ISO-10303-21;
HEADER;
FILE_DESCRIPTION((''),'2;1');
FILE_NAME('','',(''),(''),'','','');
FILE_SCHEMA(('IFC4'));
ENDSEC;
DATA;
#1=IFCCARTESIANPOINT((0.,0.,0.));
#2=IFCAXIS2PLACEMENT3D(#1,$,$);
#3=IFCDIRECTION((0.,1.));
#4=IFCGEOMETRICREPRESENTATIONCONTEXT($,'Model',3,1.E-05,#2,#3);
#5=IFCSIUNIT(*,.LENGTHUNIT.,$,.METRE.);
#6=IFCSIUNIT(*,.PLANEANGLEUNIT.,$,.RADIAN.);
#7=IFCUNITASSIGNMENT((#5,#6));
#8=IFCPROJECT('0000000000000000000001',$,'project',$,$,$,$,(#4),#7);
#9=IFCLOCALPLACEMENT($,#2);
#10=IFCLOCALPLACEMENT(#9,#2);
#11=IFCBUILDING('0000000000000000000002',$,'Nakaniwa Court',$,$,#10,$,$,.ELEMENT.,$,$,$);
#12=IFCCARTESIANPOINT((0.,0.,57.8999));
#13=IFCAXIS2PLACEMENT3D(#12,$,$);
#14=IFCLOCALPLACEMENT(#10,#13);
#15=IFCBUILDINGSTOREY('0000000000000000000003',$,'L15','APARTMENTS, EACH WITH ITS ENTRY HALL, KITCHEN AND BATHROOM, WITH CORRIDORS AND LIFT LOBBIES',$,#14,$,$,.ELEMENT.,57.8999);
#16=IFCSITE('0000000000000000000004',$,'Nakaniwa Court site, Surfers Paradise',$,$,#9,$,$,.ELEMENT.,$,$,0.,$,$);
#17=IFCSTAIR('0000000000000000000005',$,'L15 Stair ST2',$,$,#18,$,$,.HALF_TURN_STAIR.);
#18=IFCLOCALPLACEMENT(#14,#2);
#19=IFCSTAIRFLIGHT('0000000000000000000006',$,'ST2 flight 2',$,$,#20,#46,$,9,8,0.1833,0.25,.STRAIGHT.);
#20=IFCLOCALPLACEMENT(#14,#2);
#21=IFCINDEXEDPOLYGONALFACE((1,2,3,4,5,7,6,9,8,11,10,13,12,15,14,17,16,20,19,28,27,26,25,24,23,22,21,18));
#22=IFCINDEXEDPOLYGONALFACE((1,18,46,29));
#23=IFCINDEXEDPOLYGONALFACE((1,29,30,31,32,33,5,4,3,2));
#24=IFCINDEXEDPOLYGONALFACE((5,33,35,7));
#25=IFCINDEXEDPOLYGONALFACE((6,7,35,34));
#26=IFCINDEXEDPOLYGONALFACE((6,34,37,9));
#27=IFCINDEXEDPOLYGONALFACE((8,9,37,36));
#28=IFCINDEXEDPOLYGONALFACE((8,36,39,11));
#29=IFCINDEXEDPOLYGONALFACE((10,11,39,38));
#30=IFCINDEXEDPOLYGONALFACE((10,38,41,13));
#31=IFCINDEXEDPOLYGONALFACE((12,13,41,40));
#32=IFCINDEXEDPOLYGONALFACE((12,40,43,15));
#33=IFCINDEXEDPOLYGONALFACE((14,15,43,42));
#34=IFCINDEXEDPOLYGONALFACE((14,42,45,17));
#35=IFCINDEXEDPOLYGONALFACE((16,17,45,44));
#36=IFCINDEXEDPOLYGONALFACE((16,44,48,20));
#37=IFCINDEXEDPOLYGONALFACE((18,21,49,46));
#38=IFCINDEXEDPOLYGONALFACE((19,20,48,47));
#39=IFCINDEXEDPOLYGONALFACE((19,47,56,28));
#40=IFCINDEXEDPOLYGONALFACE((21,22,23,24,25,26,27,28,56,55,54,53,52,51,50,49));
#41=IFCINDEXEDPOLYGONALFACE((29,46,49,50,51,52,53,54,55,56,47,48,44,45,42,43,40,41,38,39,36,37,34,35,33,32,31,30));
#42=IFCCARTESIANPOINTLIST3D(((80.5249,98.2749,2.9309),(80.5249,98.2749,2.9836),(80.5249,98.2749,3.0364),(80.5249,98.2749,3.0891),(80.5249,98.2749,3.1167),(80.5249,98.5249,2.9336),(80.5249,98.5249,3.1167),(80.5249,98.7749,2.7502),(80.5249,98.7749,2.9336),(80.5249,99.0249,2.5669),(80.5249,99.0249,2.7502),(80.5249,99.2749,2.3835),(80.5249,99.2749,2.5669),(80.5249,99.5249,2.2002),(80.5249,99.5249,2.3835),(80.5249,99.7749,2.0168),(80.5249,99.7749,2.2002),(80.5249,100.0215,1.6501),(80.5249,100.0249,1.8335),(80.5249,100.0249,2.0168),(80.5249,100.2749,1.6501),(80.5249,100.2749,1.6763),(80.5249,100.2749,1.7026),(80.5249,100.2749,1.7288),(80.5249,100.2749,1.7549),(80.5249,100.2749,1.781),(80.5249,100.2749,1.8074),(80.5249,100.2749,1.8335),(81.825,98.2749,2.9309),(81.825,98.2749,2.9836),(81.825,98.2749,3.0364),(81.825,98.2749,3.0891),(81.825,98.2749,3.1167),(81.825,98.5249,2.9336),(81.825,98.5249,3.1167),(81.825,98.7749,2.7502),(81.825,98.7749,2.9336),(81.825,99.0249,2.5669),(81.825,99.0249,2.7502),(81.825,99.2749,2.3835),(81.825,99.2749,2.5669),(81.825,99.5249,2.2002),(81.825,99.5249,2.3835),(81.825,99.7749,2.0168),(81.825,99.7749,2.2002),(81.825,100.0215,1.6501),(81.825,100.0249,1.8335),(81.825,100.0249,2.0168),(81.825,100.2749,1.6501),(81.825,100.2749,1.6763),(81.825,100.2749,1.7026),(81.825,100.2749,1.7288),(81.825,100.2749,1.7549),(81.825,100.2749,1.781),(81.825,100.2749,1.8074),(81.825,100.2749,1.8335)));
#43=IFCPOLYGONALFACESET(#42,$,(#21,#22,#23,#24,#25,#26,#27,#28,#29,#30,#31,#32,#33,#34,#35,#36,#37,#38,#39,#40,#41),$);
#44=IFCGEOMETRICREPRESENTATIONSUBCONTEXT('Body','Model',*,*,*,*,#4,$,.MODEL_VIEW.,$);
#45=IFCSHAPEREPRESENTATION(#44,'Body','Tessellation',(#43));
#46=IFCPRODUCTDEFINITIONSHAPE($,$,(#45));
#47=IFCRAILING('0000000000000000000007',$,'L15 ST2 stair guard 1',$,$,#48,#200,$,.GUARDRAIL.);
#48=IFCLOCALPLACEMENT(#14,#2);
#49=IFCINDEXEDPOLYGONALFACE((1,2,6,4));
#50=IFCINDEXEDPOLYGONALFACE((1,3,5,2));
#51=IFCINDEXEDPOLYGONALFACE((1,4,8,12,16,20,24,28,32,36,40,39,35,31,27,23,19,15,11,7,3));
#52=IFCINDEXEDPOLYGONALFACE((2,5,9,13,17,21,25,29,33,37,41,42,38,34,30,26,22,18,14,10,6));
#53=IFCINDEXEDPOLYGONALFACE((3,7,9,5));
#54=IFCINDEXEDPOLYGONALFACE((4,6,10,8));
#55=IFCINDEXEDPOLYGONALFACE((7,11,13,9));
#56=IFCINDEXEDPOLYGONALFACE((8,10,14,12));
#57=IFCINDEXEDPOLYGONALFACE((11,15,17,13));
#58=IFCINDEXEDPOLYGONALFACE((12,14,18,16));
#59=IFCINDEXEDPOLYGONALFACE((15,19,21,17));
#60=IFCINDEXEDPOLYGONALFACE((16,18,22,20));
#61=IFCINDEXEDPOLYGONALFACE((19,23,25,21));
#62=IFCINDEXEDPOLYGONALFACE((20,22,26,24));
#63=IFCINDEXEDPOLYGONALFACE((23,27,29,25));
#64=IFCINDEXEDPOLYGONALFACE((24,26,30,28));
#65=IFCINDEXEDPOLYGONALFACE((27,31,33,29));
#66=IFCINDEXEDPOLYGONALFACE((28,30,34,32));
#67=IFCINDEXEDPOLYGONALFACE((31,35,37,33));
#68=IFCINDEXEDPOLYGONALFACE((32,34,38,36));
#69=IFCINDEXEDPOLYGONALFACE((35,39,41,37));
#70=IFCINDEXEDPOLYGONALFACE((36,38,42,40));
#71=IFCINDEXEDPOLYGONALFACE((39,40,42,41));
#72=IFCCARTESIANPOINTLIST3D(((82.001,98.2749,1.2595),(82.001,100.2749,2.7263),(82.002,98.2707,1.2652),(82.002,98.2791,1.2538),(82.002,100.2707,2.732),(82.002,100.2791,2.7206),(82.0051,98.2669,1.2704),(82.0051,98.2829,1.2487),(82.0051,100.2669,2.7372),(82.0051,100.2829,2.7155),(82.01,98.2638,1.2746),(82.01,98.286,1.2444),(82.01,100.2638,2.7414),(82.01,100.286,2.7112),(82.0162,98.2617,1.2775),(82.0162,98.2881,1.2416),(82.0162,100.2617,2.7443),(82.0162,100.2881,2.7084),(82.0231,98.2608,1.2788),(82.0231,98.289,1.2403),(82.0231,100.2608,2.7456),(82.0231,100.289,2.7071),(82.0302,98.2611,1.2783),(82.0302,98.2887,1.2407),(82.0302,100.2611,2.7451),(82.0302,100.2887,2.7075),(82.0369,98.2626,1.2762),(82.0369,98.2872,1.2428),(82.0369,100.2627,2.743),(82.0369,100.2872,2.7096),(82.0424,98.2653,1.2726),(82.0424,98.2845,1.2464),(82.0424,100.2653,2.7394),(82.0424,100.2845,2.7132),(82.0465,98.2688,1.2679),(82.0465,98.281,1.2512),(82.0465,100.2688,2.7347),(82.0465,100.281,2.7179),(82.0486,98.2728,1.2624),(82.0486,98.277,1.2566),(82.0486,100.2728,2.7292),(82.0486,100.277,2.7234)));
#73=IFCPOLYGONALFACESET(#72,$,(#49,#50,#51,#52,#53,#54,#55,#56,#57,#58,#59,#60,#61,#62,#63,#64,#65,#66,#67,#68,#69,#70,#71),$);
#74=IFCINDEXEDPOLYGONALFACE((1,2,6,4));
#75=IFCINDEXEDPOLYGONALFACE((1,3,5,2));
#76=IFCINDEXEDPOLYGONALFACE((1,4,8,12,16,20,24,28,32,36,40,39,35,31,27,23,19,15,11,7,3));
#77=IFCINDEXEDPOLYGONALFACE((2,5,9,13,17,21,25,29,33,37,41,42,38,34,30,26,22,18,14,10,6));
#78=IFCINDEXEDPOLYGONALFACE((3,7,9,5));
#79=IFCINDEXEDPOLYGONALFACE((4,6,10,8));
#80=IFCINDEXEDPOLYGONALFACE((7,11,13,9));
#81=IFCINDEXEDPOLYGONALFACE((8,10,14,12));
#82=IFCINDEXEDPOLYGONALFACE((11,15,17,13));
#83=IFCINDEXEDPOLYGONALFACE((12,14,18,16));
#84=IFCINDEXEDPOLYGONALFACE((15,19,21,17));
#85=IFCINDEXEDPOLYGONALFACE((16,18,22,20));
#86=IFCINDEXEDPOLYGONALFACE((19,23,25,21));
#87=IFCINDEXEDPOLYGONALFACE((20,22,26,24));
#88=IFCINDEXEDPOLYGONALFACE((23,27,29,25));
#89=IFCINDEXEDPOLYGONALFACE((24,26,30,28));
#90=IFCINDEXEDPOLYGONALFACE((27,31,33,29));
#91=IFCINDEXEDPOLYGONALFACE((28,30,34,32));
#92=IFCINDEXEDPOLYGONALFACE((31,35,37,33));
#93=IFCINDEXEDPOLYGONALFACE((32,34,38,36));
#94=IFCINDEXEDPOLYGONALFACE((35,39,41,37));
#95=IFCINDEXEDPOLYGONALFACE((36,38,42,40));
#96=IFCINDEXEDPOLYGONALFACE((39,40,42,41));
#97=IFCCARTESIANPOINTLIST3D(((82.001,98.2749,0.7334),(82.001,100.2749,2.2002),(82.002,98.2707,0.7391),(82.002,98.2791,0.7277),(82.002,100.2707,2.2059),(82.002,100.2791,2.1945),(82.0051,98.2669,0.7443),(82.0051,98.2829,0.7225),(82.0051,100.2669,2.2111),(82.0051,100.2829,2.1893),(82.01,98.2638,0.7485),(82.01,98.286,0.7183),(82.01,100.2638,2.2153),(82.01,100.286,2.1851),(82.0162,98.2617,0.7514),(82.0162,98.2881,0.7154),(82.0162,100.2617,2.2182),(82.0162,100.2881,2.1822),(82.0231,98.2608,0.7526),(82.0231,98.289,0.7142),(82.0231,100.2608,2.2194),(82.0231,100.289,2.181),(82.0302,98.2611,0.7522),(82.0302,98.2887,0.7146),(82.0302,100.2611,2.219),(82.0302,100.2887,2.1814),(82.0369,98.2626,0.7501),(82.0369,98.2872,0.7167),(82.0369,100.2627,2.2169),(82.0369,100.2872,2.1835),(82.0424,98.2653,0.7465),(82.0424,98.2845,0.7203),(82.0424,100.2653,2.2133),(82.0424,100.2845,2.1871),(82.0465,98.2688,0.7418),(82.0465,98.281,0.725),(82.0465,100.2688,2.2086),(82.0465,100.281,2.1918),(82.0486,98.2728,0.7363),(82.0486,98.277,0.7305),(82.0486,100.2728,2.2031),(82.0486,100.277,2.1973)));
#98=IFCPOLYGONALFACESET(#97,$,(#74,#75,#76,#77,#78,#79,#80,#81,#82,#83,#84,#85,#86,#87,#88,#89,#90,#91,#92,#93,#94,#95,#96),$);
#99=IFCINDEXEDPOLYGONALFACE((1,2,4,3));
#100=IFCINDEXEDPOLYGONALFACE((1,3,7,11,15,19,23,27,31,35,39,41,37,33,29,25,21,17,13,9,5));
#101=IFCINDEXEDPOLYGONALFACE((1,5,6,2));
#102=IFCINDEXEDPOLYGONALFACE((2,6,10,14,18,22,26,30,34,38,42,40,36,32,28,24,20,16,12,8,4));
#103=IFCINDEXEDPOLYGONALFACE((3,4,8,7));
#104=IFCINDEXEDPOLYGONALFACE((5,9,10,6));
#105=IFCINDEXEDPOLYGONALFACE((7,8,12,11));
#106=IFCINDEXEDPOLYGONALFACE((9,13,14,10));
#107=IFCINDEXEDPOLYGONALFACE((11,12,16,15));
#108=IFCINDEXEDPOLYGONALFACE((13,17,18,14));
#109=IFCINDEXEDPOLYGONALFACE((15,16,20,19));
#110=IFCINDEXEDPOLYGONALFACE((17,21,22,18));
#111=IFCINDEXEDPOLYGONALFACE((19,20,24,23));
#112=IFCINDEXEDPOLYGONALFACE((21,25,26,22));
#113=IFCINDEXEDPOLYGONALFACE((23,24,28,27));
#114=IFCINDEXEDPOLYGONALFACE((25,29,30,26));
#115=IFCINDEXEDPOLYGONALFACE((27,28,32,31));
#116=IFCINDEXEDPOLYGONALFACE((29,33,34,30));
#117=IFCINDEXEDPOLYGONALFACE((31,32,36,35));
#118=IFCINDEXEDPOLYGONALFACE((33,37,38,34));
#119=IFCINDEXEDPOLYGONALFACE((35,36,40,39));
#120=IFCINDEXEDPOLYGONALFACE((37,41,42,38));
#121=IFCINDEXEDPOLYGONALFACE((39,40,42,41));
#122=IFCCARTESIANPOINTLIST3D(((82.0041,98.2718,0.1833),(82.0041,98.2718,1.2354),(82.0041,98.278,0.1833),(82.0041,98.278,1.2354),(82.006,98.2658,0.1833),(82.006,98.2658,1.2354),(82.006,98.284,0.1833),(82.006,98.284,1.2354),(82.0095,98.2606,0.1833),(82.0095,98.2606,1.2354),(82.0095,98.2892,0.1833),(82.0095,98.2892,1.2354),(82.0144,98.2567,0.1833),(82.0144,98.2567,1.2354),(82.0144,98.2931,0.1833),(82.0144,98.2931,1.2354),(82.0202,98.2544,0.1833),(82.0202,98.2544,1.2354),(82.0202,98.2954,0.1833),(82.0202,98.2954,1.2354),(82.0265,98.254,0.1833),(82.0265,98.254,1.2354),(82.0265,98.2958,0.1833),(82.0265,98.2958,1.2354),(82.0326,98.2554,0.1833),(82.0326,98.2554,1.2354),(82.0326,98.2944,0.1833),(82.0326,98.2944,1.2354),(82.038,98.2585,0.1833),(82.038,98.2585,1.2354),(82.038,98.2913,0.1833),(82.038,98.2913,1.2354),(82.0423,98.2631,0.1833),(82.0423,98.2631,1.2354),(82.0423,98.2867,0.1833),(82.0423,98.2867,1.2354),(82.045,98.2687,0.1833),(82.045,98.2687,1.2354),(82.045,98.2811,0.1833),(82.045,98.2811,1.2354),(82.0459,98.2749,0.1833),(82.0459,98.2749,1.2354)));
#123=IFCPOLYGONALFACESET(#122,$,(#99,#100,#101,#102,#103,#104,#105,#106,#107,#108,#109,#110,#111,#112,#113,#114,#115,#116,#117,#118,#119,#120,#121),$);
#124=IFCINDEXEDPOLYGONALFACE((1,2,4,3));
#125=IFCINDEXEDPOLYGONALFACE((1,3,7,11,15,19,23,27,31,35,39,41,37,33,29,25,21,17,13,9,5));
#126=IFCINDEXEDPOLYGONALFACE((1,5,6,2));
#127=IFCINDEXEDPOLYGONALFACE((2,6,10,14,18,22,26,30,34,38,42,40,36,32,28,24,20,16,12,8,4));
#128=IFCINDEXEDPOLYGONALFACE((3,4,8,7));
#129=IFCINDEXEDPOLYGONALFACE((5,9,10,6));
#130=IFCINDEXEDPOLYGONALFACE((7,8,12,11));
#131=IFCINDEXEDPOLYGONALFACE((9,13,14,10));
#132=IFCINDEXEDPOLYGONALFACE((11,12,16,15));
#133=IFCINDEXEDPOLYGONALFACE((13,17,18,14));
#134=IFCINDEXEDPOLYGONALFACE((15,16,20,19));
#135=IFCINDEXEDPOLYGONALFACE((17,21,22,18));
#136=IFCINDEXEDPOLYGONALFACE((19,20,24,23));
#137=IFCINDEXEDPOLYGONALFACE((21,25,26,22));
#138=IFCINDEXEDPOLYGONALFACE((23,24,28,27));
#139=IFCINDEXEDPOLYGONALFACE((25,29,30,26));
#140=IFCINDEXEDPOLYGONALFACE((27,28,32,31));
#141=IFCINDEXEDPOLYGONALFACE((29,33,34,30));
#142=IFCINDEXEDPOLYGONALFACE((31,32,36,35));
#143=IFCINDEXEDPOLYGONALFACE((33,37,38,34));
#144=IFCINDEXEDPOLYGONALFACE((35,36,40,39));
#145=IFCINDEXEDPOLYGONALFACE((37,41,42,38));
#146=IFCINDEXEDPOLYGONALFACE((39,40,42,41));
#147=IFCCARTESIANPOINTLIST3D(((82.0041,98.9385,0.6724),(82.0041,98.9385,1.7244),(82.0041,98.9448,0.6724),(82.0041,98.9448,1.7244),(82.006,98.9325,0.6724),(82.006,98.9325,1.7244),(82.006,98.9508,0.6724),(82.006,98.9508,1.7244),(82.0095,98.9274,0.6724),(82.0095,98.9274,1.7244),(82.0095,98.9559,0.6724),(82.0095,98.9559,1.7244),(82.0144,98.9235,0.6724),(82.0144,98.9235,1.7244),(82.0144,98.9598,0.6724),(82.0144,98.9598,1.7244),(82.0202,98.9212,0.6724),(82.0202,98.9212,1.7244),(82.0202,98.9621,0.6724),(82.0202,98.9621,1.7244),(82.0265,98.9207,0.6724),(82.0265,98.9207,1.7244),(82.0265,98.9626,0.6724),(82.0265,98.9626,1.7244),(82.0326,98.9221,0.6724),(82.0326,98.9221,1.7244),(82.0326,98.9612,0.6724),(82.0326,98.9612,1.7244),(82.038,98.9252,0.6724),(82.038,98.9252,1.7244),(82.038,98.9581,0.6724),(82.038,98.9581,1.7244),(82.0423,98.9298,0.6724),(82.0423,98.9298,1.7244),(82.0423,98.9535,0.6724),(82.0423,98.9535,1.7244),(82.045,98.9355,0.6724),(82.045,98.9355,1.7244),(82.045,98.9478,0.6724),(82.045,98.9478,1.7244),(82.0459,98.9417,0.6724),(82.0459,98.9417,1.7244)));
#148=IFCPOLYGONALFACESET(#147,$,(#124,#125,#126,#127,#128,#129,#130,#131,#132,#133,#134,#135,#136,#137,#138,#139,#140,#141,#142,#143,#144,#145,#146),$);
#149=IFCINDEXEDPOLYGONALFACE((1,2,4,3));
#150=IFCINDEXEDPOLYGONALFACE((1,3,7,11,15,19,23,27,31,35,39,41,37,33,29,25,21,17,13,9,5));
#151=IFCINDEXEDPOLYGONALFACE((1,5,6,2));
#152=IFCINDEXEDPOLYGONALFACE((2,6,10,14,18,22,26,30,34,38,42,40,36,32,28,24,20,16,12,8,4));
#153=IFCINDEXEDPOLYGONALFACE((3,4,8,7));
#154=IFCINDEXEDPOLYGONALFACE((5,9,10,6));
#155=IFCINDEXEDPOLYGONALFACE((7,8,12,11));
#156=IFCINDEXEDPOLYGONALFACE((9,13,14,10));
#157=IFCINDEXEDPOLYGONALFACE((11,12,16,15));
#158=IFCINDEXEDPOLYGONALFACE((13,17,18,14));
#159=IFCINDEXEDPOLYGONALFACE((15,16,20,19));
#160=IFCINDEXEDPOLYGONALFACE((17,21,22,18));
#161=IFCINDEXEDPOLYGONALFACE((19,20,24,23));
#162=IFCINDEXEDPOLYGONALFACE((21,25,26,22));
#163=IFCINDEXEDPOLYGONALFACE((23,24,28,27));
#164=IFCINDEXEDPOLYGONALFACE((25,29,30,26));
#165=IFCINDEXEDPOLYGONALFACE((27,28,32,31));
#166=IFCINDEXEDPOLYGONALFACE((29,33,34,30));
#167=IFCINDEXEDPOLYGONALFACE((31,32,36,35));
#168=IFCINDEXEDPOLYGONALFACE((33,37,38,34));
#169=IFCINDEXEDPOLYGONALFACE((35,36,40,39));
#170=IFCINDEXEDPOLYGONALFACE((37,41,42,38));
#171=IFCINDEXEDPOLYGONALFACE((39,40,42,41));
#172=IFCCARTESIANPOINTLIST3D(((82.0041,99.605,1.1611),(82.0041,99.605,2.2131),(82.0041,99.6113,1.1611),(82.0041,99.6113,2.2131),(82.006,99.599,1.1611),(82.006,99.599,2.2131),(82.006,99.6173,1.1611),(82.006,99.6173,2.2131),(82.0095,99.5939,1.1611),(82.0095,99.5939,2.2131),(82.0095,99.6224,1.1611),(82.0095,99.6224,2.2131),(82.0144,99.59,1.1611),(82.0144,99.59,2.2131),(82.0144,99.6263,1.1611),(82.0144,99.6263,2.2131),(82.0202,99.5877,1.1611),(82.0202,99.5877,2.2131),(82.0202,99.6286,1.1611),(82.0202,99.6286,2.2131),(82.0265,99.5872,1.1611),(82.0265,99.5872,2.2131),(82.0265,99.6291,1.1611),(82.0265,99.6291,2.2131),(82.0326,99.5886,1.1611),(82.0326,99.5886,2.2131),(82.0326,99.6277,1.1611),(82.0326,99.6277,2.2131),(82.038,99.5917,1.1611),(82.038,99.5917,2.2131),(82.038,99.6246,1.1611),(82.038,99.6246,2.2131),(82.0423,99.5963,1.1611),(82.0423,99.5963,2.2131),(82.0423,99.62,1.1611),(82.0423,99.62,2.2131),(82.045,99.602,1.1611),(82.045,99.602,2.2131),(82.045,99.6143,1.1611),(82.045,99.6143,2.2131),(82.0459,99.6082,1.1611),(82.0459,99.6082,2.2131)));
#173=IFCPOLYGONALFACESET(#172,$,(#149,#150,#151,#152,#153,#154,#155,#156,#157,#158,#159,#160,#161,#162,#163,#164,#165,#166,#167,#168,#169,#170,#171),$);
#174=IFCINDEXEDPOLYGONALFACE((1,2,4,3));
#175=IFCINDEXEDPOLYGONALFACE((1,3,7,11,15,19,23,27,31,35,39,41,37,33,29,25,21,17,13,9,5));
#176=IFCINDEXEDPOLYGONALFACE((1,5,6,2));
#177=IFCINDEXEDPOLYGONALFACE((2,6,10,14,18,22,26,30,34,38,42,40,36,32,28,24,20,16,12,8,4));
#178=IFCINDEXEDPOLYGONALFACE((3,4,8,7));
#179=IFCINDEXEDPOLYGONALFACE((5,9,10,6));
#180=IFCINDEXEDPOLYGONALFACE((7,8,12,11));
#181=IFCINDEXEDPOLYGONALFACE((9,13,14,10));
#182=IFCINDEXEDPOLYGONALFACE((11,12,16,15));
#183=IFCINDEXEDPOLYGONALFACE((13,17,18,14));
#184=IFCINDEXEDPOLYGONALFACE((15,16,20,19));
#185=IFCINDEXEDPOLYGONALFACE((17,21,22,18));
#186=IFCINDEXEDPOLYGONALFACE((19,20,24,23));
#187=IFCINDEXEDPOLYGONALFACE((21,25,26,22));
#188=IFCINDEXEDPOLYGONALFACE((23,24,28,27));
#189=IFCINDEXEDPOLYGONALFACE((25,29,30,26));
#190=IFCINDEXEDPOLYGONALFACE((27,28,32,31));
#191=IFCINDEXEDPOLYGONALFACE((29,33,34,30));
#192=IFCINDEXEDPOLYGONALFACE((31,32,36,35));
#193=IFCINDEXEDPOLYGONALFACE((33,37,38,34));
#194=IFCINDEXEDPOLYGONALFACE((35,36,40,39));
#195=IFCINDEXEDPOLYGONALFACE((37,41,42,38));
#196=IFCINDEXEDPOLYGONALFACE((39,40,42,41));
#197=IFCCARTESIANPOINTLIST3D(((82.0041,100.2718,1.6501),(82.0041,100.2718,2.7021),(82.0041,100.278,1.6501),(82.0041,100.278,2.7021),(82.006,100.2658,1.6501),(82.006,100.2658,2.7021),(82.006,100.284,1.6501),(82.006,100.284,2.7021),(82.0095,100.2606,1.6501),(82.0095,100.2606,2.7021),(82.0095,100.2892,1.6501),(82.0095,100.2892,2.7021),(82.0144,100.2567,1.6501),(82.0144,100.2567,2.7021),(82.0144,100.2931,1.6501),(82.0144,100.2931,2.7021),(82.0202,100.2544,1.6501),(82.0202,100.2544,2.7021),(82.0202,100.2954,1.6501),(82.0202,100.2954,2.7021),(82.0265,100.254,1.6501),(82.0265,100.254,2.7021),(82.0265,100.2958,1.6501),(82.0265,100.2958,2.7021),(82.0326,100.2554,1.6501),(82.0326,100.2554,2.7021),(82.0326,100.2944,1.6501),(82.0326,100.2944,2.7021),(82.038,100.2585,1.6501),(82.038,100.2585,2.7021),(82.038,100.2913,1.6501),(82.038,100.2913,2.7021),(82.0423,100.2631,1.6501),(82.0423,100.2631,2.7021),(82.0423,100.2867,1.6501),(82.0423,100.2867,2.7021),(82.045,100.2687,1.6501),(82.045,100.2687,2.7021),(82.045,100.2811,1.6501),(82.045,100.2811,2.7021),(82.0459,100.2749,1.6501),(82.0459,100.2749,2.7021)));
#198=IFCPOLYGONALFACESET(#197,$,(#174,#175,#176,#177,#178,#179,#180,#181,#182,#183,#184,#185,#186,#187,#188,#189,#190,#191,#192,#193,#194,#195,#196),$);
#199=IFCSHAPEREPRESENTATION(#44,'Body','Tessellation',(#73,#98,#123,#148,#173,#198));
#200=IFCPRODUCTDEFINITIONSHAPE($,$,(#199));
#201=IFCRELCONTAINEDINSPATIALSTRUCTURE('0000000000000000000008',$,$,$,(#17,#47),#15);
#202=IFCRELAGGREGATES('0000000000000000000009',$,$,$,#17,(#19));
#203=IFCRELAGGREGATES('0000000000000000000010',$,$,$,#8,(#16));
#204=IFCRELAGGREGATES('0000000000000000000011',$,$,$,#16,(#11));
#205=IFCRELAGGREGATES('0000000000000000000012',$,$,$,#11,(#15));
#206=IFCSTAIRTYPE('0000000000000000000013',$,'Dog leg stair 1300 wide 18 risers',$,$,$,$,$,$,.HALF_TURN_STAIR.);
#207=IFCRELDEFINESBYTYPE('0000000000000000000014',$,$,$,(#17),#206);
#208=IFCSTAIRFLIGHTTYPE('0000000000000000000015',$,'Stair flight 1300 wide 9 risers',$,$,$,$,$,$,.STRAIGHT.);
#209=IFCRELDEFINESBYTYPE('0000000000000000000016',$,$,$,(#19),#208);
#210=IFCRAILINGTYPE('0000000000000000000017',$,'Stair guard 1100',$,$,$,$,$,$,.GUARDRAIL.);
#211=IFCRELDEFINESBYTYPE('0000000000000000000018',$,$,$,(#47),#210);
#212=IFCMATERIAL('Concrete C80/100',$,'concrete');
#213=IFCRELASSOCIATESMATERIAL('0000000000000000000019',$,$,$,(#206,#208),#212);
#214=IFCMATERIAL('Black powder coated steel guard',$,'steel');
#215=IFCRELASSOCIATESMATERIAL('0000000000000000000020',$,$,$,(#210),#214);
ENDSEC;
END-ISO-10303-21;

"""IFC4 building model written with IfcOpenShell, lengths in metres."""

from ifc_helpers import new_model, si_unit, direction, frame, origin, origin_2d, place, context, subcontext, project, spatial, polyline, circle, outline, extrude, material, type_object, element, aggregate, save


model = new_model("IFC4")

# Units and contexts
model_context = context("Model", 3, precision=1e-05, world=origin(), true_north=direction((0.0, 1.0)))
body_context = subcontext(model_context, "Body", "Model", "MODEL_VIEW")
ifc_project = project(units=[si_unit("LENGTHUNIT", "METRE"), si_unit("PLANEANGLEUNIT", "RADIAN")], contexts=[model_context])

# Site, building, storey
site_placement = place(None, origin())
site = spatial("IfcSite", under=ifc_project, at=site_placement, Name="Nakaniwa Court site, Surfers Paradise", CompositionType="ELEMENT", RefElevation=0.0)
building_placement = place(site_placement, origin())
building = spatial("IfcBuilding", under=site, at=building_placement, Name="Nakaniwa Court", CompositionType="ELEMENT")
storey_placement = place(building_placement, frame((0.0, 0.0, 57.8999)))
storey = spatial("IfcBuildingStorey", under=building, at=storey_placement, Name="L15", Description="APARTMENTS, EACH WITH ITS ENTRY HALL, KITCHEN AND BATHROOM, WITH CORRIDORS AND LIFT LOBBIES", CompositionType="ELEMENT", Elevation=57.8999)

# Shared definitions
ifc_material_1 = material(Name="Concrete C80/100", Category="concrete")

# Stair, stair flight
stair_type = type_object("IfcStairType", Name="Dog leg stair 1300 wide 18 risers", PredefinedType="HALF_TURN_STAIR", material=ifc_material_1)
stair_placement = place(storey_placement, origin())
stair = element("IfcStair", 1, at=stair_placement, inside=storey, type_object=stair_type, Name="L15 Stair ST2", PredefinedType="HALF_TURN_STAIR")
stair_flight_type = type_object("IfcStairFlightType", Name="Stair flight 1300 wide 9 risers", PredefinedType="STRAIGHT", material=ifc_material_1)
stair_flight_1_placement = place(storey_placement, frame((81.175, 100.2749, 1.6501), z_axis=(0.0, 0.0, 1.0), x_axis=(0.0, -1.0, 0.0)))
stair_flight_1 = element("IfcStairFlight", 2, at=stair_flight_1_placement, type_object=stair_flight_type, Name="ST2 flight 2", NumberOfRisers=9, NumberOfTreads=8, PredefinedType="STRAIGHT", RiserHeight=0.1833, TreadLength=0.25, context=body_context, shape_type="SweptSolid", body=[
    extrude(outline(polyline([(0.0, 0.0), (0.0, 0.0261), (0.0, 0.0525), (0.0, 0.0786), (0.0, 0.1047), (0.0, 0.1309), (0.0, 0.1572), (0.0, 0.1833), (0.25, 0.1833), (0.25, 0.3667), (0.5, 0.3667), (0.5, 0.55), (0.75, 0.55), (0.75, 0.7334), (1.0, 0.7334), (1.0, 0.9167), (1.25, 0.9167), (1.25, 1.1001), (1.5, 1.1001), (1.5, 1.2834), (1.75, 1.2834), (1.75, 1.4666), (2.0, 1.4666), (2.0, 1.6499), (2.0, 1.5972), (2.0, 1.5444), (2.0, 1.4917), (2.0, 1.439), (2.0, 1.3862), (2.0, 1.3335), (2.0, 1.2808), (0.2534, 0.0), (0.0, 0.0)])), frame((0.0, 0.6499, 0.0), z_axis=(0.0, -1.0, 0.0), x_axis=(1.0, 0.0, 0.0)), (0.0, 0.0, 1.0), 1.3),
])
aggregate(stair, [stair_flight_1])

# Railing
ifc_material_2 = material(Name="Black powder coated steel guard", Category="steel")
railing_type_1 = type_object("IfcRailingType", Name="Stair guard 1100", PredefinedType="GUARDRAIL", material=ifc_material_2)
railing_1_placement = place(storey_placement, frame((82.0249, 98.2749, 0.1833)))
element("IfcRailing", 3, at=railing_1_placement, inside=storey, type_object=railing_type_1, Name="L15 ST2 stair guard 1", PredefinedType="GUARDRAIL", context=body_context, shape_type="SweptSolid", body=[
    extrude(circle(Radius=0.0239, at=origin_2d()), frame((0.0, 0.0, 1.0762), z_axis=(0.0, 0.80638, 0.591398), x_axis=(-1.0, 0.0, 0.0)), (0.0, 0.0, 1.0), 2.4802),
    extrude(circle(Radius=0.0239, at=origin_2d()), frame((0.0, 0.0, 0.55), z_axis=(0.0, 0.80638, 0.591398), x_axis=(-1.0, 0.0, 0.0)), (0.0, 0.0, 1.0), 2.4802),
    extrude(circle(Radius=0.021, at=origin_2d()), origin(), (0.0, 0.0, 1.0), 1.052),
    extrude(circle(Radius=0.021, at=origin_2d()), frame((0.0, 0.6667, 0.489)), (0.0, 0.0, 1.0), 1.052),
    extrude(circle(Radius=0.021, at=origin_2d()), frame((0.0, 1.3333, 0.9778)), (0.0, 0.0, 1.0), 1.052),
    extrude(circle(Radius=0.021, at=origin_2d()), frame((0.0, 2.0, 1.4668)), (0.0, 0.0, 1.0), 1.052),
])

save(model, "model.ifc")
